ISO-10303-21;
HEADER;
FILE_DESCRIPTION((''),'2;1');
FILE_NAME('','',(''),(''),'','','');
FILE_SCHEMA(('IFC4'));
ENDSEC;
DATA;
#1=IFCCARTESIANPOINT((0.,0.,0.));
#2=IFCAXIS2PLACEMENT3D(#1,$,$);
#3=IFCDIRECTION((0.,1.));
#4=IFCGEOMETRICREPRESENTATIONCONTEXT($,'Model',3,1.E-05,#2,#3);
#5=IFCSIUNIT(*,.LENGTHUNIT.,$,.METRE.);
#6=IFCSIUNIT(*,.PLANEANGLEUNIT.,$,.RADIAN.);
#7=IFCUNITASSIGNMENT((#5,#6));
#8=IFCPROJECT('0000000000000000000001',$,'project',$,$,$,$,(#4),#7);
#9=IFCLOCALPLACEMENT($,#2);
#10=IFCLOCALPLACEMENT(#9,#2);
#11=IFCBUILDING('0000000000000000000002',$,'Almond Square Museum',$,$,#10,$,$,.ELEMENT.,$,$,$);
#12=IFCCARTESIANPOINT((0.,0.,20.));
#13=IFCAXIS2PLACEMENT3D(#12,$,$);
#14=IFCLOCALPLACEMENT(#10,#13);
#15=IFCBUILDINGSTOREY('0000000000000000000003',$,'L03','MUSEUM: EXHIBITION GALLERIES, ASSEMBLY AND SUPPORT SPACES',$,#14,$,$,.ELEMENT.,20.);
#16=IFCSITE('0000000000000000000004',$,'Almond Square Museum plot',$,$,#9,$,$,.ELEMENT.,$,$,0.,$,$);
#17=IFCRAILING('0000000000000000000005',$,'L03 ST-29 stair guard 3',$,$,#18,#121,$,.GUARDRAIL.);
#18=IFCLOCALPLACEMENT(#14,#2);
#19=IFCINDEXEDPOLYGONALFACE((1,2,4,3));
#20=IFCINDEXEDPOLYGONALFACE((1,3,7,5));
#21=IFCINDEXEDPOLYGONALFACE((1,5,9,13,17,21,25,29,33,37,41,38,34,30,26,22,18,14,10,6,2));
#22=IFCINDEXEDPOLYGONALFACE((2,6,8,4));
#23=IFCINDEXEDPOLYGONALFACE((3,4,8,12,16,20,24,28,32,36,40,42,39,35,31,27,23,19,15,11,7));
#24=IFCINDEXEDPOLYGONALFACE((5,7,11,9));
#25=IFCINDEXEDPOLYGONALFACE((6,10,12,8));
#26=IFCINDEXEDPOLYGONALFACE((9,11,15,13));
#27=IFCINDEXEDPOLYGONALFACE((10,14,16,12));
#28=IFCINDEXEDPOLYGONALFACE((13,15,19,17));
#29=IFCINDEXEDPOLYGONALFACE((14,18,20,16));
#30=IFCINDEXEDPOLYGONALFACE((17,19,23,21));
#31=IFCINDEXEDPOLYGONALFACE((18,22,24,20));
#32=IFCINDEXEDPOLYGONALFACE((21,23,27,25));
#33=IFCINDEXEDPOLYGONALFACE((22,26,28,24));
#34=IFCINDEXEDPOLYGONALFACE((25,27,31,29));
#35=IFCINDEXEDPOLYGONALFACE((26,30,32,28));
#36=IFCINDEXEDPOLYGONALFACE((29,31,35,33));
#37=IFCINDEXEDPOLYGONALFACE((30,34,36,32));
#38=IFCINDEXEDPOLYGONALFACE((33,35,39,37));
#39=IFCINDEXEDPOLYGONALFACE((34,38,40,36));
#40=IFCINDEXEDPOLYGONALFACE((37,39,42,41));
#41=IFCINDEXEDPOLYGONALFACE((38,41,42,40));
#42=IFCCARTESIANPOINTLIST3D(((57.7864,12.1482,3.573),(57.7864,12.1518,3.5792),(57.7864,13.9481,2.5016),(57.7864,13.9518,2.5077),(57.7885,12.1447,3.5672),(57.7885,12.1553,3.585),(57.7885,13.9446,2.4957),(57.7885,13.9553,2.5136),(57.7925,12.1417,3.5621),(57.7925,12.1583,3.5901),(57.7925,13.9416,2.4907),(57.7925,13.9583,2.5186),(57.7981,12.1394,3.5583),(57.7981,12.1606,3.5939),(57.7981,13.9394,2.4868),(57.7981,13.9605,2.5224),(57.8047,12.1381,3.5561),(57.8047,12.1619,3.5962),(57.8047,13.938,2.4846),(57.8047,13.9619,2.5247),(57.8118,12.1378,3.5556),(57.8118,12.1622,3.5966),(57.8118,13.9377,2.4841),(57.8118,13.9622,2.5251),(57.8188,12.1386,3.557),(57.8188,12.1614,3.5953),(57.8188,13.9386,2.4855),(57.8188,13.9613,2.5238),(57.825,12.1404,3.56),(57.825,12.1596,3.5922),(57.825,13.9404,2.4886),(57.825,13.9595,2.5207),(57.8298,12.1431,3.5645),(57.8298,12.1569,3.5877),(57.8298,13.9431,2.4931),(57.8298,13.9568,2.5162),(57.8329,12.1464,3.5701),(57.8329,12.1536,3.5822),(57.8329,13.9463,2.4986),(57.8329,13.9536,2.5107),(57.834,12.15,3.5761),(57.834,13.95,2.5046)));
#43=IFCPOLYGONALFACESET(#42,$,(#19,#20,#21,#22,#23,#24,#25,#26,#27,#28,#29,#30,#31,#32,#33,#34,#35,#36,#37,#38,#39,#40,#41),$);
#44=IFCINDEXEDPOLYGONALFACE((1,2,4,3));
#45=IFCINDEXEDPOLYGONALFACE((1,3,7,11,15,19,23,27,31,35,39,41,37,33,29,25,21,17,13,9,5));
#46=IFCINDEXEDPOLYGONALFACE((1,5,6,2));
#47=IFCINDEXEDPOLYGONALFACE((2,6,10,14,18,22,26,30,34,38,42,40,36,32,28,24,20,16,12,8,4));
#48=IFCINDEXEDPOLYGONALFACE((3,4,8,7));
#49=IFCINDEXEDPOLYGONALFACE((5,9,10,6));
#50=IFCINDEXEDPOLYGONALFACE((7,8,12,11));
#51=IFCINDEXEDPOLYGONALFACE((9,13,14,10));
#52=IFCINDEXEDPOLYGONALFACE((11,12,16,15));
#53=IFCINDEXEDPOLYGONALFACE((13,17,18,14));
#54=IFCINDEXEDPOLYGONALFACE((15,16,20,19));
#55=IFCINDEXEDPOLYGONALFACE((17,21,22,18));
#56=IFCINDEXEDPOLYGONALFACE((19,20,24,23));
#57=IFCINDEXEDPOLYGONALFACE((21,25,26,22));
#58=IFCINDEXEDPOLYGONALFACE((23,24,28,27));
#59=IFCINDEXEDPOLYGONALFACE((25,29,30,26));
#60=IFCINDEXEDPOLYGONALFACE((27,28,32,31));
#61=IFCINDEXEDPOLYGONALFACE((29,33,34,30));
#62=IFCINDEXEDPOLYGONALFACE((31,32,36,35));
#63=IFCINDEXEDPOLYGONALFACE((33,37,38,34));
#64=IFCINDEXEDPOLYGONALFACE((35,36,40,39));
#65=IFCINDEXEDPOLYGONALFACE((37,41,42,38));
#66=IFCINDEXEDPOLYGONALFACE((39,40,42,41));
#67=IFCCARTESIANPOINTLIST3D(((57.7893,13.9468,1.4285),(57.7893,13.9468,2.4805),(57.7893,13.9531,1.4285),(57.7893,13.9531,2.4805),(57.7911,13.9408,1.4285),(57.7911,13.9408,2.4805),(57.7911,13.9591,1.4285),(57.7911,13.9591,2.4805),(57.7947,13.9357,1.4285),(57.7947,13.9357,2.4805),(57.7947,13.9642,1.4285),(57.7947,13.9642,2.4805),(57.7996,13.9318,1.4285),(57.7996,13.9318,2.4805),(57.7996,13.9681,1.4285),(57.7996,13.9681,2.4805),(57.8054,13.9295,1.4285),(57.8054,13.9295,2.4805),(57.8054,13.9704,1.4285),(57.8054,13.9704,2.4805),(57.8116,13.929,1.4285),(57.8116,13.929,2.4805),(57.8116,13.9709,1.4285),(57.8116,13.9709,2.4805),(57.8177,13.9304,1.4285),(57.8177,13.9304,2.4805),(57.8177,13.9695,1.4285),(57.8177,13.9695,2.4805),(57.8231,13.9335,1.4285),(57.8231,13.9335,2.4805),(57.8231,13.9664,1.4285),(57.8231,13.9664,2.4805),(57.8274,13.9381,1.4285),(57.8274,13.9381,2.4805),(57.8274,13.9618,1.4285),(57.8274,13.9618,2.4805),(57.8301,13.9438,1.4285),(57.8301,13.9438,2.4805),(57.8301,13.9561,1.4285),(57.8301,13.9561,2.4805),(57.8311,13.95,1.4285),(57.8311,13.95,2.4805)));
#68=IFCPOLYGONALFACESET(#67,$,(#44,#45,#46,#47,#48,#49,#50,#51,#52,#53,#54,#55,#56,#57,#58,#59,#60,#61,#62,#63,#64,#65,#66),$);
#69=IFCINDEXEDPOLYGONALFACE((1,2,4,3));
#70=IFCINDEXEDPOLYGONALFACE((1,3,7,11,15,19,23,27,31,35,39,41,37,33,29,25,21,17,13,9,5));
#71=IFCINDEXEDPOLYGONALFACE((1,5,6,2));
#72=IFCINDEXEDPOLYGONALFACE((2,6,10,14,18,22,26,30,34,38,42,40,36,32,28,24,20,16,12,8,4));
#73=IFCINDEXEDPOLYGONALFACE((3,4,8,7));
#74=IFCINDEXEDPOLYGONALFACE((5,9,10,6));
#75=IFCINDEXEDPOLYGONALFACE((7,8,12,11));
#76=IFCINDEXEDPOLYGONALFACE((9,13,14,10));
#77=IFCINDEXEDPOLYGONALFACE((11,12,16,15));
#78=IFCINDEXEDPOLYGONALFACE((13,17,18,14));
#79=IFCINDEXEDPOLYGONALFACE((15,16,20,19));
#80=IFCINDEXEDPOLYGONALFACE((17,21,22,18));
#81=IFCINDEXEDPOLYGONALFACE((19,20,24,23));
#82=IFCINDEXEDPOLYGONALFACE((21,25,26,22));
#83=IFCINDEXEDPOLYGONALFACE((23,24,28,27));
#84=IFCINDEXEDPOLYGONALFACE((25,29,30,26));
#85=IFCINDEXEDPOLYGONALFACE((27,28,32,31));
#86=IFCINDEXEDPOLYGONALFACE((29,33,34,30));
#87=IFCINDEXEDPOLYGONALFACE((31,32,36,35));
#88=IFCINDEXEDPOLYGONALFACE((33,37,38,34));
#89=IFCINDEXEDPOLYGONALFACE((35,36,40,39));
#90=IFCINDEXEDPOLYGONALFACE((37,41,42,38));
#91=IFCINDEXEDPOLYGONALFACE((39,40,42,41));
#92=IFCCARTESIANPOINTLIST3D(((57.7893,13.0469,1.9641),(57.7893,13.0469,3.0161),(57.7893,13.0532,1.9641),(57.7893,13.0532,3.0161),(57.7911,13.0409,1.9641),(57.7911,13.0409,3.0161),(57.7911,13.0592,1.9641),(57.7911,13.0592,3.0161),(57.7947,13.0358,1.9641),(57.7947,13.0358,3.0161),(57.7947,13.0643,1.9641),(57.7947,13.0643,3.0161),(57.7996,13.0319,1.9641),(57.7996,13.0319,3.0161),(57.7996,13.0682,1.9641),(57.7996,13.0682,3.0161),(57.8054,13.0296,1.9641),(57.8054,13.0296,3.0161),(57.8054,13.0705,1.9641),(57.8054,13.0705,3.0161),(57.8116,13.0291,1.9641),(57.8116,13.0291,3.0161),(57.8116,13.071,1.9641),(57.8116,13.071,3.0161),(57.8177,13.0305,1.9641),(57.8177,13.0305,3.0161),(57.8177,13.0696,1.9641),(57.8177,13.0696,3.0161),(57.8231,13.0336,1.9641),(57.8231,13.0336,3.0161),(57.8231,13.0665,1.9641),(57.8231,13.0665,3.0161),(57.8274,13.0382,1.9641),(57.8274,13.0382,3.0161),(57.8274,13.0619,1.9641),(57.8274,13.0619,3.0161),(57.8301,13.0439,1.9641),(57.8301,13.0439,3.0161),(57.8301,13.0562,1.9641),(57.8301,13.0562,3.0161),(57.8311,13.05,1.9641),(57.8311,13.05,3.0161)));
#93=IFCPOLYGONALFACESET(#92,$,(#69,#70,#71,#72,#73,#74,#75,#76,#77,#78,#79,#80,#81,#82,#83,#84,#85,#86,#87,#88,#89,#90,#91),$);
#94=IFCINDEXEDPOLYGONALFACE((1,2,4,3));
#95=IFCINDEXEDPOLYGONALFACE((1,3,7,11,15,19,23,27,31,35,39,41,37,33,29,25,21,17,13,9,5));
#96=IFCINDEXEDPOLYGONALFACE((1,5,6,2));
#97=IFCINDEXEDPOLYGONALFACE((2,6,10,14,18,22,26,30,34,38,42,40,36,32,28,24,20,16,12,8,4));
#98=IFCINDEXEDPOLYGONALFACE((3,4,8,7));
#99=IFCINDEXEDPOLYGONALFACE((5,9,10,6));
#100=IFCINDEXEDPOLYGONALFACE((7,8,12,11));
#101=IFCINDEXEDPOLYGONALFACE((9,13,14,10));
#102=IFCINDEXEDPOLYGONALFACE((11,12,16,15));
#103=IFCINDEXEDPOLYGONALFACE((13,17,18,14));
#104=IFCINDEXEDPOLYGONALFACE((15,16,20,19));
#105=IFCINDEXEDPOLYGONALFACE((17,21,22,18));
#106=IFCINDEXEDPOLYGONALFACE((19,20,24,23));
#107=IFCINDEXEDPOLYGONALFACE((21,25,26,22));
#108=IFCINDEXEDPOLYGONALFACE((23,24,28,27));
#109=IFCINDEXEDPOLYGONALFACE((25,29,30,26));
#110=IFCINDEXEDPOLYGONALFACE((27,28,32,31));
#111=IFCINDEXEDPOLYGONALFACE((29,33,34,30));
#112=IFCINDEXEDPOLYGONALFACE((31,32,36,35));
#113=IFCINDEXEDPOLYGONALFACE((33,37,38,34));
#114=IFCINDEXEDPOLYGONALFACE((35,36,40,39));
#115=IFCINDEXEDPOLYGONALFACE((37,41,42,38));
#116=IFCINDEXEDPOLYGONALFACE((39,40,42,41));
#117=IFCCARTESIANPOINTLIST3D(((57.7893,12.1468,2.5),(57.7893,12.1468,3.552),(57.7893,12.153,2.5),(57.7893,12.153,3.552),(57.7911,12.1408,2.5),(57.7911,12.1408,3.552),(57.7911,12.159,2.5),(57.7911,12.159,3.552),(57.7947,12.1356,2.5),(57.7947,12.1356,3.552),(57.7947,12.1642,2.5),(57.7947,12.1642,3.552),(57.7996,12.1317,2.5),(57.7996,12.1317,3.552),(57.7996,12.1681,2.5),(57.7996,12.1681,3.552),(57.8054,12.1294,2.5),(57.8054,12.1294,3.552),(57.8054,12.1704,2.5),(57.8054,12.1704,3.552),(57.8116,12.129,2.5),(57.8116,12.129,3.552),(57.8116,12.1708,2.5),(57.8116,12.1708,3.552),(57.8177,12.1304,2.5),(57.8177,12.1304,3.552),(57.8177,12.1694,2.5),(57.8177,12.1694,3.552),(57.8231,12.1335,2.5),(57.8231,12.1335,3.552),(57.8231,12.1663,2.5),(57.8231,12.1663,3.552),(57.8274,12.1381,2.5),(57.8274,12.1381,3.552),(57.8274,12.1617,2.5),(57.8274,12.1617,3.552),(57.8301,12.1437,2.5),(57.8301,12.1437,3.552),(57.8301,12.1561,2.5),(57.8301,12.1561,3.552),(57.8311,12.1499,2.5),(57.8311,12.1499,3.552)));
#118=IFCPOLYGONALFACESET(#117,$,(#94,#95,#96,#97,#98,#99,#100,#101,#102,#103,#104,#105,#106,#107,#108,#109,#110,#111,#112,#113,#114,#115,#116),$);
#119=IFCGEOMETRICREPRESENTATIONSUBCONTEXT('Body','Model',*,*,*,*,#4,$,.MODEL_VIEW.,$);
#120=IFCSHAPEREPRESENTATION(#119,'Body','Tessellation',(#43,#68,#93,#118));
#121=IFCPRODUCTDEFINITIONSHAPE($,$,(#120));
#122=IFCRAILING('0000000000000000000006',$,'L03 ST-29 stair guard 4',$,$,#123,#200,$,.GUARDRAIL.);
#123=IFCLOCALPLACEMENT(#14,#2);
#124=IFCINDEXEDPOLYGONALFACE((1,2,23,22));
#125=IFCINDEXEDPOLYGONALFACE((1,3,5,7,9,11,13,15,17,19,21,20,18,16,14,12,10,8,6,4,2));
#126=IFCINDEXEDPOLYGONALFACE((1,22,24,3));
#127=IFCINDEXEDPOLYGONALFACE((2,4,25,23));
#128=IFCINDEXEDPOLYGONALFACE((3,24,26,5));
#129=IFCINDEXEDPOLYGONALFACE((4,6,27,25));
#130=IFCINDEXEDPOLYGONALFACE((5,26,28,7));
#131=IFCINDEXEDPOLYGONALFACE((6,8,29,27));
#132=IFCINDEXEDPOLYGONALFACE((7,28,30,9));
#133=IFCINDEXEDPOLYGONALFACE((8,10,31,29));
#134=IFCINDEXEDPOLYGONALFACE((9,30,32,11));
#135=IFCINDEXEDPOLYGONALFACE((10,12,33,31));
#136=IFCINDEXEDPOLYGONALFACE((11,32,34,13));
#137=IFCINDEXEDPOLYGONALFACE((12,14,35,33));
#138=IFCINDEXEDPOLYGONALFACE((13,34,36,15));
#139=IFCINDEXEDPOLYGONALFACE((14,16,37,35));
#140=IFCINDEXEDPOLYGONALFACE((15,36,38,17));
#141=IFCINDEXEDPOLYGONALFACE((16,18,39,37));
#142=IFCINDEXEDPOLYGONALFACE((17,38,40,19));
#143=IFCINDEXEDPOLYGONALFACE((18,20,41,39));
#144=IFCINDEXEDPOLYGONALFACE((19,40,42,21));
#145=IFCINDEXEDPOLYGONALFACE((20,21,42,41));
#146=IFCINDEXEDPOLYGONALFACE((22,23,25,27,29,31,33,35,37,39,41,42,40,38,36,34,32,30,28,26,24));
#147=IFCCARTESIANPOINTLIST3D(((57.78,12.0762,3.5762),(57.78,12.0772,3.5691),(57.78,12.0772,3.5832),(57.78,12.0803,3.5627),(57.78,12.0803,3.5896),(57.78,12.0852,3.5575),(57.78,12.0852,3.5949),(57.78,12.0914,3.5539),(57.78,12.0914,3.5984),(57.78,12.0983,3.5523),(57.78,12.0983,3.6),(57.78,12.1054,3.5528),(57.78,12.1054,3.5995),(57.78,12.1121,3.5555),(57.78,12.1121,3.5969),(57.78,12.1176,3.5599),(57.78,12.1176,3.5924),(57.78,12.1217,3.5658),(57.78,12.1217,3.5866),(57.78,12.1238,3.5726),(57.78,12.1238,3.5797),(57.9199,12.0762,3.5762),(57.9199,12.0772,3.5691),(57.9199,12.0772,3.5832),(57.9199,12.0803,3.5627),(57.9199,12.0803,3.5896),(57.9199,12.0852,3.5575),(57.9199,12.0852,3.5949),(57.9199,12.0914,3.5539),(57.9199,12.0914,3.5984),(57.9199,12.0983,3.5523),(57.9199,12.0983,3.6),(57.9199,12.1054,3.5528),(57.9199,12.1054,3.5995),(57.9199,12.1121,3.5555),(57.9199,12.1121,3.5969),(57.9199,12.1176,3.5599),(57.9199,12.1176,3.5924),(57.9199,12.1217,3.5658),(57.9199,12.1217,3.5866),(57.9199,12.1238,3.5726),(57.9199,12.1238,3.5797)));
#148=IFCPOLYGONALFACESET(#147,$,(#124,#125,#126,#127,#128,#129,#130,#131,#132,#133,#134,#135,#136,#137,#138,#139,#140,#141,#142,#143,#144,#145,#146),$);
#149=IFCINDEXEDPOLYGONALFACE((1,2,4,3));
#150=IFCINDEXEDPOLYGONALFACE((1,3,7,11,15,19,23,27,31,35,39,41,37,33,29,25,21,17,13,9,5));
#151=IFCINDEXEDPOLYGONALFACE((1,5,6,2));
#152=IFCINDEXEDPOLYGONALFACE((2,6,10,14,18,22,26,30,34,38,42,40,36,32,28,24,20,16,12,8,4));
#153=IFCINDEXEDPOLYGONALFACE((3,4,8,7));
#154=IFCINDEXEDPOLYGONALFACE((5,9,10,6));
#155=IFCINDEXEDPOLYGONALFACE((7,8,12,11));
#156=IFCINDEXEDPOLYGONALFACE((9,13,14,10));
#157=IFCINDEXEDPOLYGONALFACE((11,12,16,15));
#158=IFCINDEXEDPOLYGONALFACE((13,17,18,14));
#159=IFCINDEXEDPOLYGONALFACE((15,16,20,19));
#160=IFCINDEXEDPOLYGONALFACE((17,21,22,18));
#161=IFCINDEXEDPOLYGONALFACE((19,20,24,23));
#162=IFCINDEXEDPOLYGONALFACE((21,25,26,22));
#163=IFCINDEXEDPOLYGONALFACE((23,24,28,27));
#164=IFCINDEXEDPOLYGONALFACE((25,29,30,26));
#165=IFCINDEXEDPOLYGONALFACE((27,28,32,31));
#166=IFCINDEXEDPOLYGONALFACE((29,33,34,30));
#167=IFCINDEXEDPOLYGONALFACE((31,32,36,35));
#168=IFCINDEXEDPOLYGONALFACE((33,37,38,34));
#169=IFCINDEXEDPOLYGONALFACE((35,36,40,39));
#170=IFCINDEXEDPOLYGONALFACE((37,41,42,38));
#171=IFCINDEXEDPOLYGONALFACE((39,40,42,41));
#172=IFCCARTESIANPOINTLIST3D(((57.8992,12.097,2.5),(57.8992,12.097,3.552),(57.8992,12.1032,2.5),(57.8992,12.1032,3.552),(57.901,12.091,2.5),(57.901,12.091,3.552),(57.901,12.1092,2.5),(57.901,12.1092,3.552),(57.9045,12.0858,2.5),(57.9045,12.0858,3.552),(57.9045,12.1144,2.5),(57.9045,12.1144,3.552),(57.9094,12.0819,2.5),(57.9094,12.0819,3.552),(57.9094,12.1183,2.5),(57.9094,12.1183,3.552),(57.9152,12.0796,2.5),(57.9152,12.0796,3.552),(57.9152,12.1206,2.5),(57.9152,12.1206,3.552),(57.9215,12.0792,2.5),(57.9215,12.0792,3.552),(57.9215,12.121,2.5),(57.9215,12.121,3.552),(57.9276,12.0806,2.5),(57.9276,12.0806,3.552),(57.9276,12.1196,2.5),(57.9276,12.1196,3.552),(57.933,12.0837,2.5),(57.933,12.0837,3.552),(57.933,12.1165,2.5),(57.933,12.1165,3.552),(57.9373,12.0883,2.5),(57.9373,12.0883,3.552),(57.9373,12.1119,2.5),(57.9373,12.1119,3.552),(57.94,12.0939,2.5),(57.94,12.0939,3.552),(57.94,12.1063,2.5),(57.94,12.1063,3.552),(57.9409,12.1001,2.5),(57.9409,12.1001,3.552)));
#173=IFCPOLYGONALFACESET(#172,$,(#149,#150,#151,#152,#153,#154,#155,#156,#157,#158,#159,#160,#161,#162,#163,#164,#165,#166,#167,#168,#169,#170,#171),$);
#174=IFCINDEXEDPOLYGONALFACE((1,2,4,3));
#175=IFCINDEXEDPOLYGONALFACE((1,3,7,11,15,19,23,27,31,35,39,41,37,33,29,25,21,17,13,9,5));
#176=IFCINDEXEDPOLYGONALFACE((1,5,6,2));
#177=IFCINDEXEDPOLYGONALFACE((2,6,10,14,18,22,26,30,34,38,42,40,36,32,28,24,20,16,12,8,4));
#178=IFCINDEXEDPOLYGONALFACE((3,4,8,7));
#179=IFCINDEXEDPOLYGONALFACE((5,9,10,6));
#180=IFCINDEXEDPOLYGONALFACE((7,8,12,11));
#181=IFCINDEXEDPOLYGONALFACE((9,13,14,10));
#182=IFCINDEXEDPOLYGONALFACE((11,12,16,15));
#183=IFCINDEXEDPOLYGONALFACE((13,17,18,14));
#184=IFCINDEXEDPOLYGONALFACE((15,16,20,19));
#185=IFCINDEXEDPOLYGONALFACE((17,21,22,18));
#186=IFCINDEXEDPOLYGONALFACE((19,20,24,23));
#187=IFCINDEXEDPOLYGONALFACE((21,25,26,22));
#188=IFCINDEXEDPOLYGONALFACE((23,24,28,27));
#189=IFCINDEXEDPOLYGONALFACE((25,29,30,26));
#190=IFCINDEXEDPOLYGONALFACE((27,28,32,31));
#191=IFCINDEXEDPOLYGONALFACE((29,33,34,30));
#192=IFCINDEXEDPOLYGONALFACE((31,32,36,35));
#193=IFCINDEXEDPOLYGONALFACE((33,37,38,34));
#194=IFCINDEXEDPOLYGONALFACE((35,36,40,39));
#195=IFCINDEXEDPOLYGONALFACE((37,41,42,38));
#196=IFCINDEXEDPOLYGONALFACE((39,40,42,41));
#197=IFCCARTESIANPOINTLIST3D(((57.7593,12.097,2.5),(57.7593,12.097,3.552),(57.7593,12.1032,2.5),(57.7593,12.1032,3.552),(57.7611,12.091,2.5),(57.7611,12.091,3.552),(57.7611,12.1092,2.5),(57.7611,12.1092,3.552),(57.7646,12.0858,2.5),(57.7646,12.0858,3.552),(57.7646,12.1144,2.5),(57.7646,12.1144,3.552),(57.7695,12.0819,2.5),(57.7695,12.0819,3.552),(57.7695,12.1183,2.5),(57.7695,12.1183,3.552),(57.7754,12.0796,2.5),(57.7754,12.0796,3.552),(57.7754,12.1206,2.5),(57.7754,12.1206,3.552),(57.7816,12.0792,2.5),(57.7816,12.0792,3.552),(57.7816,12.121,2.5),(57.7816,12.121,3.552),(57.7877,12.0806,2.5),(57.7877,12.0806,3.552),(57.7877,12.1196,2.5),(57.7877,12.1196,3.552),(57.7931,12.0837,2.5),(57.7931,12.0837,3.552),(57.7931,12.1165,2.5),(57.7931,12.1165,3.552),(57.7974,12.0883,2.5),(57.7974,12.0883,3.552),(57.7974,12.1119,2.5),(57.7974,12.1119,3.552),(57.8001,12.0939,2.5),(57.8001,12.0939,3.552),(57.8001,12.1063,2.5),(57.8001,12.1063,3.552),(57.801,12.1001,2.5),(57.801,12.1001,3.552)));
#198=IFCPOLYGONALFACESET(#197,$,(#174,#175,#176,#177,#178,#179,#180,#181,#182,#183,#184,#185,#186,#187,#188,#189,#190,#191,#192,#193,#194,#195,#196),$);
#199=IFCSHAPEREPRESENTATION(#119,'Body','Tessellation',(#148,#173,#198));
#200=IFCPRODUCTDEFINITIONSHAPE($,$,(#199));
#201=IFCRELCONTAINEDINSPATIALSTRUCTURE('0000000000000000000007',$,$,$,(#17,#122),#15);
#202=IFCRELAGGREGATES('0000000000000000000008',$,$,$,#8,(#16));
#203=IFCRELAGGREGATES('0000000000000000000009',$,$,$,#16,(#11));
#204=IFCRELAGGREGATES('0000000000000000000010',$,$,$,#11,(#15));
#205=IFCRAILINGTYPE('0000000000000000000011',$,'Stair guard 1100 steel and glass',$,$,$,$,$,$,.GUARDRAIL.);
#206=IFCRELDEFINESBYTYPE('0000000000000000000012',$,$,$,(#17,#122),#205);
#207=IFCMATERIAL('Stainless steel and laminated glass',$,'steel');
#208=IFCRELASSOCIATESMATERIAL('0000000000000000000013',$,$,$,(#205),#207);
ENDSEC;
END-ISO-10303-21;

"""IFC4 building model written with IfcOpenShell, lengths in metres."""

from ifc_helpers import new_model, si_unit, direction, frame, origin, origin_2d, place, context, subcontext, project, spatial, circle, extrude, material, type_object, element, save


model = new_model("IFC4")

# Units and contexts
model_context = context("Model", 3, precision=1e-05, world=origin(), true_north=direction((0.0, 1.0)))
body_context = subcontext(model_context, "Body", "Model", "MODEL_VIEW")
ifc_project = project(units=[si_unit("LENGTHUNIT", "METRE"), si_unit("PLANEANGLEUNIT", "RADIAN")], contexts=[model_context])

# Site, building, storey
site_placement = place(None, origin())
site = spatial("IfcSite", under=ifc_project, at=site_placement, Name="Almond Square Museum plot", CompositionType="ELEMENT", RefElevation=0.0)
building_placement = place(site_placement, origin())
building = spatial("IfcBuilding", under=site, at=building_placement, Name="Almond Square Museum", CompositionType="ELEMENT")
storey_placement = place(building_placement, frame((0.0, 0.0, 20.0)))
storey = spatial("IfcBuildingStorey", under=building, at=storey_placement, Name="L03", Description="MUSEUM: EXHIBITION GALLERIES, ASSEMBLY AND SUPPORT SPACES", CompositionType="ELEMENT", Elevation=20.0)

# Railings
ifc_material_1 = material(Name="Stainless steel and laminated glass", Category="steel")
railing_type_1 = type_object("IfcRailingType", Name="Stair guard 1100 steel and glass", PredefinedType="GUARDRAIL", material=ifc_material_1)
railing_1_placement = place(storey_placement, frame((57.8101, 13.95, 1.4285)))
element("IfcRailing", 1, at=railing_1_placement, inside=storey, type_object=railing_type_1, Name="L03 ST-29 stair guard 3", PredefinedType="GUARDRAIL", context=body_context, shape_type="SweptSolid", body=[
    extrude(circle(Radius=0.0239, at=origin_2d()), frame((0.0, 0.0, 1.0762), z_axis=(0.0, -0.859277, 0.51151), x_axis=(1.0, 0.0, 0.0)), (0.0, 0.0, 1.0), 2.0947),
    extrude(circle(Radius=0.021, at=origin_2d()), origin(), (0.0, 0.0, 1.0), 1.052),
    extrude(circle(Radius=0.021, at=origin_2d()), frame((0.0, -0.8999, 0.5356)), (0.0, 0.0, 1.0), 1.052),
    extrude(circle(Radius=0.021, at=origin_2d()), frame((0.0, -1.8, 1.0715)), (0.0, 0.0, 1.0), 1.052),
])
railing_2_placement = place(storey_placement, frame((57.9199, 12.1001, 2.5)))
element("IfcRailing", 2, at=railing_2_placement, inside=storey, type_object=railing_type_1, Name="L03 ST-29 stair guard 4", PredefinedType="GUARDRAIL", context=body_context, shape_type="SweptSolid", body=[
    extrude(circle(Radius=0.0239, at=origin_2d()), frame((0.0, 0.0, 1.0762), z_axis=(-1.0, 0.0, 0.0), x_axis=(0.0, -1.0, 0.0)), (0.0, 0.0, 1.0), 0.1399),
    extrude(circle(Radius=0.021, at=origin_2d()), origin(), (0.0, 0.0, 1.0), 1.052),
    extrude(circle(Radius=0.021, at=origin_2d()), frame((-0.1399, 0.0, 0.0)), (0.0, 0.0, 1.0), 1.052),
])

save(model, "model.ifc")
